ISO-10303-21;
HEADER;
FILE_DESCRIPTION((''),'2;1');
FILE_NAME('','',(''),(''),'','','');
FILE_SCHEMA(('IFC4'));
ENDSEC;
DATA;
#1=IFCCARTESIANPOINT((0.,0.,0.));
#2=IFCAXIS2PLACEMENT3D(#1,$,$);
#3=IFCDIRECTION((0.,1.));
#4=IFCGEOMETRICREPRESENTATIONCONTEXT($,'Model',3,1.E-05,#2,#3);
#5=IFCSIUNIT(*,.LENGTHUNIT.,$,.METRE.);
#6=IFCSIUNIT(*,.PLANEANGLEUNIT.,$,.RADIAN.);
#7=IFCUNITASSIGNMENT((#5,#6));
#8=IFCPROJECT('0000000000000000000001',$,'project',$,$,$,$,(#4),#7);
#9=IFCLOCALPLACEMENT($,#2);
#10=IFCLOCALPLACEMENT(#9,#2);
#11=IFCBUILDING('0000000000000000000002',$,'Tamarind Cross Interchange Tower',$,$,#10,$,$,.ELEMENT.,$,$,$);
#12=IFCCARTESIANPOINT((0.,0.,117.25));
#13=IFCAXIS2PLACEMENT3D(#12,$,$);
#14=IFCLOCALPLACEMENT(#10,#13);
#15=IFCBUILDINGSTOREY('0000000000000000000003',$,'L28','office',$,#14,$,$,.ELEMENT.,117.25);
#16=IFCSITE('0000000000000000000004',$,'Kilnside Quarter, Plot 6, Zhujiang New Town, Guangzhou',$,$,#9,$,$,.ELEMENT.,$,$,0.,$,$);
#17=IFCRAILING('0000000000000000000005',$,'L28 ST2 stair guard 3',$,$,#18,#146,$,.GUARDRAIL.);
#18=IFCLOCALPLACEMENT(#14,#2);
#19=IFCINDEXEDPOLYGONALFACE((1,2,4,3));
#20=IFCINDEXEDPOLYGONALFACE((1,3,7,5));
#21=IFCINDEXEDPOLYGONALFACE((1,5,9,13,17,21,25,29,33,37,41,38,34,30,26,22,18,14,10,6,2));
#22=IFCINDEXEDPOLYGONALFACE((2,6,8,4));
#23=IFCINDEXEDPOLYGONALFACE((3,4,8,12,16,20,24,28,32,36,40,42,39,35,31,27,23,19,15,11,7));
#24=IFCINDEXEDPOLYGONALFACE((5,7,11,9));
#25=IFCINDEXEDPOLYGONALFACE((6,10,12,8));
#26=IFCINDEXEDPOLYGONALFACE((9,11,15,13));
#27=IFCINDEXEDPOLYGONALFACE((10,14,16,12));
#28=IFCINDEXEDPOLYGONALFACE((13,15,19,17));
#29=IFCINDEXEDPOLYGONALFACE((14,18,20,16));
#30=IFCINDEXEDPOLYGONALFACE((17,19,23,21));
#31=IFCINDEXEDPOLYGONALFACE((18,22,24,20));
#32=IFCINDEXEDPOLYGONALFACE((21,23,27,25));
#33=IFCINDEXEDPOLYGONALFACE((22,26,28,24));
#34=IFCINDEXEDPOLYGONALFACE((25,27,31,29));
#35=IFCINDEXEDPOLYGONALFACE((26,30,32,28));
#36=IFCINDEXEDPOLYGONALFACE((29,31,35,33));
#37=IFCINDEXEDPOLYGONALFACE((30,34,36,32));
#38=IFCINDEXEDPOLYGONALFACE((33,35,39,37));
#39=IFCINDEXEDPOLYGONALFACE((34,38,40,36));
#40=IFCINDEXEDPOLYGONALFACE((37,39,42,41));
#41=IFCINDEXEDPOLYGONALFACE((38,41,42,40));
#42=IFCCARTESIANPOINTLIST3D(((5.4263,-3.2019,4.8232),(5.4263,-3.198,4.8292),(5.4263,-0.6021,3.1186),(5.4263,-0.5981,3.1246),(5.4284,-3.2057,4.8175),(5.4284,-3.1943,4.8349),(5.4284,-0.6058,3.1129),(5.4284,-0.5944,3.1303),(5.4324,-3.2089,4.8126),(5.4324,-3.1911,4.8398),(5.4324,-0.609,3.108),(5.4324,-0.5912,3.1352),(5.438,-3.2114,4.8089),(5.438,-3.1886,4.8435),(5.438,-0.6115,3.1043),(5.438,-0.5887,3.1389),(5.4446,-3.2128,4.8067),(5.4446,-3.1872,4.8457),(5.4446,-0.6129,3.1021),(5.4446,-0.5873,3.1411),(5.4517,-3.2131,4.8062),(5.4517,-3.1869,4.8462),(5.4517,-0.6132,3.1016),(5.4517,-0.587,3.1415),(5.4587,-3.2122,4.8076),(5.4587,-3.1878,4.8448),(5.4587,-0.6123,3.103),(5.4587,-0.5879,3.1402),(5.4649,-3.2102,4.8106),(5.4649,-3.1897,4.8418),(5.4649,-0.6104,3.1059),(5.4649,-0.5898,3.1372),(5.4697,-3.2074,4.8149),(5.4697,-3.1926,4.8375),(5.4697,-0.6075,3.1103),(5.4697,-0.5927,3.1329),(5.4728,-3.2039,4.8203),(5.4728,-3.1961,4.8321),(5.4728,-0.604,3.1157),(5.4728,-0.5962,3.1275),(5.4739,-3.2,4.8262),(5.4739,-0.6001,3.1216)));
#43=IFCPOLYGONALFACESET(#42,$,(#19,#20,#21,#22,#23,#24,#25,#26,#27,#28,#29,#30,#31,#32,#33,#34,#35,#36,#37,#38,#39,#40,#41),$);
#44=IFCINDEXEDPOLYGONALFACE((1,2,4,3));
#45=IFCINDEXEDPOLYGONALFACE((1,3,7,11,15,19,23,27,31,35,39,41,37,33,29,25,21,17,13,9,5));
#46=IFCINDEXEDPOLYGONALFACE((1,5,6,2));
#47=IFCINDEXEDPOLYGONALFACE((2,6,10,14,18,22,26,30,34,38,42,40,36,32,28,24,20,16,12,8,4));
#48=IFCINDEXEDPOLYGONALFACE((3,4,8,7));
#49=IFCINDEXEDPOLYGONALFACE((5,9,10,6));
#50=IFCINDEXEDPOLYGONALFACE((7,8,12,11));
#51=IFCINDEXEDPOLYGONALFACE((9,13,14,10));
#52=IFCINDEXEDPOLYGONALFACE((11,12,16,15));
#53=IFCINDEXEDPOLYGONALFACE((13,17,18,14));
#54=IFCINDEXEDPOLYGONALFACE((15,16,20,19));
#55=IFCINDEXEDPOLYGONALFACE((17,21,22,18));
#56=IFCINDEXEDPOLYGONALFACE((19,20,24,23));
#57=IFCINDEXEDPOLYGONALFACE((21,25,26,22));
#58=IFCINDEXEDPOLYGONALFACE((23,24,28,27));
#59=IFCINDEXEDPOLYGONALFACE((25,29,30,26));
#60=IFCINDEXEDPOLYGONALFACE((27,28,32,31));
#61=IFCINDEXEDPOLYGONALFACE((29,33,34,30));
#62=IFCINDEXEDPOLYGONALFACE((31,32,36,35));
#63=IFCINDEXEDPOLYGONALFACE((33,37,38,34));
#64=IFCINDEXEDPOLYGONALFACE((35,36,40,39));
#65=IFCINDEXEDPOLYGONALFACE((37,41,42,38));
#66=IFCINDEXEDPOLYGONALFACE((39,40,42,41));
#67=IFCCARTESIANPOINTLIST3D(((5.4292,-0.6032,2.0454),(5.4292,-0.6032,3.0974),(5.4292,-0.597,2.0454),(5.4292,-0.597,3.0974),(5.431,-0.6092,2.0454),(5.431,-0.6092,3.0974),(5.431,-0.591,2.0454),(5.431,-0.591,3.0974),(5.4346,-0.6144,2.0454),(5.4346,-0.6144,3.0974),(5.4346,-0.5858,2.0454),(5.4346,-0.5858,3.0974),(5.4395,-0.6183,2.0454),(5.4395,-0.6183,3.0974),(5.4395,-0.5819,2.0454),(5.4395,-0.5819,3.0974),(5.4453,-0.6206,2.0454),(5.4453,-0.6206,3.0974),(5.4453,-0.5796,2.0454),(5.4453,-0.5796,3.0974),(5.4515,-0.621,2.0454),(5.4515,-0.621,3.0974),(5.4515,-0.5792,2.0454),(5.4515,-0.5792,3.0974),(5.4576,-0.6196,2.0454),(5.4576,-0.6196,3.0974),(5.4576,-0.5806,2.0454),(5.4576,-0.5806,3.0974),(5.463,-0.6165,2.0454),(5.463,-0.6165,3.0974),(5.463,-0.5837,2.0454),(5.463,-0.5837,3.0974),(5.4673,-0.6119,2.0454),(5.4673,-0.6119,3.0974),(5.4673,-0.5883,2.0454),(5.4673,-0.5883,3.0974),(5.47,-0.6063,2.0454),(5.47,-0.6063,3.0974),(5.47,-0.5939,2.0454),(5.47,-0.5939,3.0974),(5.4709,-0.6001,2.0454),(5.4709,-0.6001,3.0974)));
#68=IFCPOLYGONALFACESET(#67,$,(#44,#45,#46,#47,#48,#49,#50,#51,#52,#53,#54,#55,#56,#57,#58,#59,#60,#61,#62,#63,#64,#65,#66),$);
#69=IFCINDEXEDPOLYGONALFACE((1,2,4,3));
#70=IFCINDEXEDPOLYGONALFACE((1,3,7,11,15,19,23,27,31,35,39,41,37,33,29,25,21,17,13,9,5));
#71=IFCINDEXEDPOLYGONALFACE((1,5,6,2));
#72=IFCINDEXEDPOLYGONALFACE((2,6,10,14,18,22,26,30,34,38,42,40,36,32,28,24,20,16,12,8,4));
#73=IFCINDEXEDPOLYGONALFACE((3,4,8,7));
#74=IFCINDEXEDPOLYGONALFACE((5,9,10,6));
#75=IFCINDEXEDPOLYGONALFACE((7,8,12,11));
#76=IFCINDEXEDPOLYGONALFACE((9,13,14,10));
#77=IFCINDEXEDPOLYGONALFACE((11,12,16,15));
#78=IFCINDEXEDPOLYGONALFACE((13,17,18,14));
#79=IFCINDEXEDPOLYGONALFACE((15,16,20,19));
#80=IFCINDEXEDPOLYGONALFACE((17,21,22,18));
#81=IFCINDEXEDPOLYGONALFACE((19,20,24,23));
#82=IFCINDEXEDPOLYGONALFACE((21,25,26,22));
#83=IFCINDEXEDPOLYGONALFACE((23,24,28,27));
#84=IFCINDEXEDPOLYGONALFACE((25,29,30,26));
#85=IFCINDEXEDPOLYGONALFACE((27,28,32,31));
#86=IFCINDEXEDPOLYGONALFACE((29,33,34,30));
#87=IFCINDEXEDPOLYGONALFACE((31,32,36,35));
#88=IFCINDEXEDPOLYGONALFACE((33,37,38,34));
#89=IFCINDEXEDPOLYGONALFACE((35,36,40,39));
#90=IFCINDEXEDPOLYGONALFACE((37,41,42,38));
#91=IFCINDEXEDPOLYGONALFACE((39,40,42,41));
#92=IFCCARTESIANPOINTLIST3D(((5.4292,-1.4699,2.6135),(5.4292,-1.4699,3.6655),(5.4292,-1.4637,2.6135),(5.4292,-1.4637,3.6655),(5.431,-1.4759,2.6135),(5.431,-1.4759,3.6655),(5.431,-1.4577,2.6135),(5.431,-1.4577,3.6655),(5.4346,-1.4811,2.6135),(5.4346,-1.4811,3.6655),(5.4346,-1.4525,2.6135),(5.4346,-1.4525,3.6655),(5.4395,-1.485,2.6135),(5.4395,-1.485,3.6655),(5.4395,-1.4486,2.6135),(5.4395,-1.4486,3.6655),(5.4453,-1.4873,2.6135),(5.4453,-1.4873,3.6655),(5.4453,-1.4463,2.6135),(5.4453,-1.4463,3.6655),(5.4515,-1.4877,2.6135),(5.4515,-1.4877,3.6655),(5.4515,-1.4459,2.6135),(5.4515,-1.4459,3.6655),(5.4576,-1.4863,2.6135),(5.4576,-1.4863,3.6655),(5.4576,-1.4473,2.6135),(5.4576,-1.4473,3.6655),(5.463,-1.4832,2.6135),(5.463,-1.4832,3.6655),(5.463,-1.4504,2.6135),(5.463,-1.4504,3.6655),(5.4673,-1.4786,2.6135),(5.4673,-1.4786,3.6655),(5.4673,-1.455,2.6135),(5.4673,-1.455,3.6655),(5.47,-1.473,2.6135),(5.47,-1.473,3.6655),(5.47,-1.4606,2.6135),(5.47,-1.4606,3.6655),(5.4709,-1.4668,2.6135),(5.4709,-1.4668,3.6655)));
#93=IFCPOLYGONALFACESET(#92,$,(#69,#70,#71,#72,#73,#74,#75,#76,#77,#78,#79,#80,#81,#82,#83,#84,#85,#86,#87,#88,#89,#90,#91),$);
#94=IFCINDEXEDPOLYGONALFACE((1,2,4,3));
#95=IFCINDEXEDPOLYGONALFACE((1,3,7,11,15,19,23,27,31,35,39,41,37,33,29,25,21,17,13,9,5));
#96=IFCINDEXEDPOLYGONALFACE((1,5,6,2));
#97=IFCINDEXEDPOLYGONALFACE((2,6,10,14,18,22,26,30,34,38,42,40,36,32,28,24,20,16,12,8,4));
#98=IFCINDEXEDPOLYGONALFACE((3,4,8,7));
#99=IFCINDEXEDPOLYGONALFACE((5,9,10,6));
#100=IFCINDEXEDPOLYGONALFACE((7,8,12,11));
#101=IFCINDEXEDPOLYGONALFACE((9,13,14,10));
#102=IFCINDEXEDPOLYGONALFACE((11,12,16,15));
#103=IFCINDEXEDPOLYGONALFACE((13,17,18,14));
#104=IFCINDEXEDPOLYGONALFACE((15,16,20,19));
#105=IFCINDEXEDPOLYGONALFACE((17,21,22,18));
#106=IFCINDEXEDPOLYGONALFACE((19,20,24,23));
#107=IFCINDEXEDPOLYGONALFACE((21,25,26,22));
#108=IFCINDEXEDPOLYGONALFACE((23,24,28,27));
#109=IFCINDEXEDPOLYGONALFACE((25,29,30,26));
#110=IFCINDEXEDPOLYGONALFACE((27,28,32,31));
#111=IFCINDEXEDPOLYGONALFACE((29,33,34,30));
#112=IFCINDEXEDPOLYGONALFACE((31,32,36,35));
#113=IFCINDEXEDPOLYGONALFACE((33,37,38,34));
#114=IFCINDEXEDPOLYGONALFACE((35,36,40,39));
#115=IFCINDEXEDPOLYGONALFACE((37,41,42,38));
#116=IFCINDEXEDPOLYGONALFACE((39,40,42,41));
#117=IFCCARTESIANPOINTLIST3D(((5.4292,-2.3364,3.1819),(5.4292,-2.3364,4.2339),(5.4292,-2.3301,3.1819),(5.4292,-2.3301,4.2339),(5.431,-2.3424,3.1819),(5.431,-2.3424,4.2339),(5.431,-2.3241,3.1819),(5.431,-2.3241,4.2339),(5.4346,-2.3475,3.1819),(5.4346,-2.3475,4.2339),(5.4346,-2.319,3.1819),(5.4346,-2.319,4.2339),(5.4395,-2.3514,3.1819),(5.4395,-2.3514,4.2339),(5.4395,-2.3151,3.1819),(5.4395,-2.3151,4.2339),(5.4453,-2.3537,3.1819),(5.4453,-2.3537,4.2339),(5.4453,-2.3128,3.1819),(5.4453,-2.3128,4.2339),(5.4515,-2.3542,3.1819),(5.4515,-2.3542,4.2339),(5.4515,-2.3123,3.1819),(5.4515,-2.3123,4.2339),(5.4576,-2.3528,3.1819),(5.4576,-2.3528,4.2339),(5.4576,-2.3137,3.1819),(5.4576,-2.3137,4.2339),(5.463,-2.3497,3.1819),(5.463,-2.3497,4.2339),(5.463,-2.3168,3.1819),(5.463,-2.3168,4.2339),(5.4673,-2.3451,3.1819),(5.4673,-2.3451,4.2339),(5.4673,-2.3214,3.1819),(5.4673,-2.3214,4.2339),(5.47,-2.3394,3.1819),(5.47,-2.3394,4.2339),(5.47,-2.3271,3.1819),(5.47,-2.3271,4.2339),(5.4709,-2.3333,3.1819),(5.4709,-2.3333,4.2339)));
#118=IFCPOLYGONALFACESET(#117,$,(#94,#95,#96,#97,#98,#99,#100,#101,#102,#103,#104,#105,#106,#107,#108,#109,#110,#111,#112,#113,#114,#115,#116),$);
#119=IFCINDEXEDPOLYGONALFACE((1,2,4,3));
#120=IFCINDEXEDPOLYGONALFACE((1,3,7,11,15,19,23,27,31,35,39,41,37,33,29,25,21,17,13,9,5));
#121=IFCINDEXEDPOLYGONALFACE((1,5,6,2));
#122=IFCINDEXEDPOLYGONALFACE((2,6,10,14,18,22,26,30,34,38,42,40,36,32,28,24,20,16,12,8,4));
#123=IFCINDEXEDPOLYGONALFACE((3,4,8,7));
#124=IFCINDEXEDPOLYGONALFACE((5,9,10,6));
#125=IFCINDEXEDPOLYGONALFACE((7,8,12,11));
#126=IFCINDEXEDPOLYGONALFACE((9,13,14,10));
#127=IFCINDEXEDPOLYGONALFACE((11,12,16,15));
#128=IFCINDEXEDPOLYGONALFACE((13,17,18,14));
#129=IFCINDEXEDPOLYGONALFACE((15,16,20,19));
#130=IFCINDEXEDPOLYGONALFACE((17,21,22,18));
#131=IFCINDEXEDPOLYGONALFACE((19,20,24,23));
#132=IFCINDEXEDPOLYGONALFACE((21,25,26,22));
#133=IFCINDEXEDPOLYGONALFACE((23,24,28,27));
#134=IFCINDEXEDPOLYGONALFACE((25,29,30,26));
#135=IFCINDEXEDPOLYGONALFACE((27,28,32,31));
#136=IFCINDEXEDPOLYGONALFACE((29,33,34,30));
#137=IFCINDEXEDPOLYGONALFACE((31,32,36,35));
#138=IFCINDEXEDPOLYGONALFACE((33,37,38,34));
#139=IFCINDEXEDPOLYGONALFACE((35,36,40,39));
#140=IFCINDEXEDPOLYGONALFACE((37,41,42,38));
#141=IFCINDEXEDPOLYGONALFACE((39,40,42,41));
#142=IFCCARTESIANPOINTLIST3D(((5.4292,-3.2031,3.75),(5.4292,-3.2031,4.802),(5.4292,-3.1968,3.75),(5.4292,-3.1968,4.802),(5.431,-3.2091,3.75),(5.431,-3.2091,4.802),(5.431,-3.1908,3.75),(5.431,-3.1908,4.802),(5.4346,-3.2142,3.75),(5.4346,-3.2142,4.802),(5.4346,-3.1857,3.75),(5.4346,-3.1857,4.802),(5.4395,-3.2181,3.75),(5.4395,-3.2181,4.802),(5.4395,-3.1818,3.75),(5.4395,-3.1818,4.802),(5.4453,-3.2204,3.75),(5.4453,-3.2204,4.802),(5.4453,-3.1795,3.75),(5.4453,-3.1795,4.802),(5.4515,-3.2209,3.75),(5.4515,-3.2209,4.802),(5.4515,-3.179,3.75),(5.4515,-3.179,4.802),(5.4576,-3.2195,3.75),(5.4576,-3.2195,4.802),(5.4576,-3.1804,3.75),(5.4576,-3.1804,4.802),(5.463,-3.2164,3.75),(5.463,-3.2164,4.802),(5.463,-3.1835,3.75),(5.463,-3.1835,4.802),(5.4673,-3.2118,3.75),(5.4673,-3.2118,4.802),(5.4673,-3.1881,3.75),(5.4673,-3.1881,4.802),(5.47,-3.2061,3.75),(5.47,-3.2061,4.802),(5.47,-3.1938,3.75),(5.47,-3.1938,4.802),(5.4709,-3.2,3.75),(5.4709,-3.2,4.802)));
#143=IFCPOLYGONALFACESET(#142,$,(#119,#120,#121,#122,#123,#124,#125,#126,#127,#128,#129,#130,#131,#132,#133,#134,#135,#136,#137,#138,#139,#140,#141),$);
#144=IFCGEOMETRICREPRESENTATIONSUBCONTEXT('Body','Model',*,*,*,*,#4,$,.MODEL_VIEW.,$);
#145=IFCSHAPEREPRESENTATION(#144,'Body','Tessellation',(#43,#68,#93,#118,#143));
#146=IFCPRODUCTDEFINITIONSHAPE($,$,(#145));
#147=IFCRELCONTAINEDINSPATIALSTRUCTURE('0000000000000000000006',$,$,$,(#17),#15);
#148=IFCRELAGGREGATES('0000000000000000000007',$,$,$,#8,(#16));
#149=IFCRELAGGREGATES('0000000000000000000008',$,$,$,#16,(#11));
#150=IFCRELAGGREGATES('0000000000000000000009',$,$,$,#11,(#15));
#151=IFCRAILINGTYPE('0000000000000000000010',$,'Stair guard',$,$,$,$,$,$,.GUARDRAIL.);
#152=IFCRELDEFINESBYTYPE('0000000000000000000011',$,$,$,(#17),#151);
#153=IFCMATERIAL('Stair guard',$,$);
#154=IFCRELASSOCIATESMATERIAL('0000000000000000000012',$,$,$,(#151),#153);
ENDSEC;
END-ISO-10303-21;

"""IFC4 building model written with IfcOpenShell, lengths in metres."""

from ifc_helpers import new_model, si_unit, direction, frame, origin, origin_2d, place, context, subcontext, project, spatial, circle, extrude, material, type_object, element, save


model = new_model("IFC4")

# Units and contexts
model_context = context("Model", 3, precision=1e-05, world=origin(), true_north=direction((0.0, 1.0)))
body_context = subcontext(model_context, "Body", "Model", "MODEL_VIEW")
ifc_project = project(units=[si_unit("LENGTHUNIT", "METRE"), si_unit("PLANEANGLEUNIT", "RADIAN")], contexts=[model_context])

# Site, building, storey
site_placement = place(None, origin())
site = spatial("IfcSite", under=ifc_project, at=site_placement, Name="Kilnside Quarter, Plot 6, Zhujiang New Town, Guangzhou", CompositionType="ELEMENT", RefElevation=0.0)
building_placement = place(site_placement, origin())
building = spatial("IfcBuilding", under=site, at=building_placement, Name="Tamarind Cross Interchange Tower", CompositionType="ELEMENT")
storey_placement = place(building_placement, frame((0.0, 0.0, 117.25)))
storey = spatial("IfcBuildingStorey", under=building, at=storey_placement, Name="L28", Description="office", CompositionType="ELEMENT", Elevation=117.25)

# Railing
ifc_material_1 = material(Name="Stair guard")
railing_type_1 = type_object("IfcRailingType", Name="Stair guard", PredefinedType="GUARDRAIL", material=ifc_material_1)
railing_1_placement = place(storey_placement, frame((5.45, -0.6001, 2.0454)))
element("IfcRailing", 1, at=railing_1_placement, inside=storey, type_object=railing_type_1, Name="L28 ST2 stair guard 3", PredefinedType="GUARDRAIL", context=body_context, shape_type="SweptSolid", body=[
    extrude(circle(Radius=0.0239, at=origin_2d()), frame((0.0, 0.0, 1.0762), z_axis=(0.0, -0.836279, 0.548305), x_axis=(1.0, 0.0, 0.0)), (0.0, 0.0, 1.0), 3.1089),
    extrude(circle(Radius=0.021, at=origin_2d()), origin(), (0.0, 0.0, 1.0), 1.052),
    extrude(circle(Radius=0.021, at=origin_2d()), frame((0.0, -0.8667, 0.5681)), (0.0, 0.0, 1.0), 1.052),
    extrude(circle(Radius=0.021, at=origin_2d()), frame((0.0, -1.7332, 1.1365)), (0.0, 0.0, 1.0), 1.052),
    extrude(circle(Radius=0.021, at=origin_2d()), frame((0.0, -2.5999, 1.7046)), (0.0, 0.0, 1.0), 1.052),
])

save(model, "model.ifc")
